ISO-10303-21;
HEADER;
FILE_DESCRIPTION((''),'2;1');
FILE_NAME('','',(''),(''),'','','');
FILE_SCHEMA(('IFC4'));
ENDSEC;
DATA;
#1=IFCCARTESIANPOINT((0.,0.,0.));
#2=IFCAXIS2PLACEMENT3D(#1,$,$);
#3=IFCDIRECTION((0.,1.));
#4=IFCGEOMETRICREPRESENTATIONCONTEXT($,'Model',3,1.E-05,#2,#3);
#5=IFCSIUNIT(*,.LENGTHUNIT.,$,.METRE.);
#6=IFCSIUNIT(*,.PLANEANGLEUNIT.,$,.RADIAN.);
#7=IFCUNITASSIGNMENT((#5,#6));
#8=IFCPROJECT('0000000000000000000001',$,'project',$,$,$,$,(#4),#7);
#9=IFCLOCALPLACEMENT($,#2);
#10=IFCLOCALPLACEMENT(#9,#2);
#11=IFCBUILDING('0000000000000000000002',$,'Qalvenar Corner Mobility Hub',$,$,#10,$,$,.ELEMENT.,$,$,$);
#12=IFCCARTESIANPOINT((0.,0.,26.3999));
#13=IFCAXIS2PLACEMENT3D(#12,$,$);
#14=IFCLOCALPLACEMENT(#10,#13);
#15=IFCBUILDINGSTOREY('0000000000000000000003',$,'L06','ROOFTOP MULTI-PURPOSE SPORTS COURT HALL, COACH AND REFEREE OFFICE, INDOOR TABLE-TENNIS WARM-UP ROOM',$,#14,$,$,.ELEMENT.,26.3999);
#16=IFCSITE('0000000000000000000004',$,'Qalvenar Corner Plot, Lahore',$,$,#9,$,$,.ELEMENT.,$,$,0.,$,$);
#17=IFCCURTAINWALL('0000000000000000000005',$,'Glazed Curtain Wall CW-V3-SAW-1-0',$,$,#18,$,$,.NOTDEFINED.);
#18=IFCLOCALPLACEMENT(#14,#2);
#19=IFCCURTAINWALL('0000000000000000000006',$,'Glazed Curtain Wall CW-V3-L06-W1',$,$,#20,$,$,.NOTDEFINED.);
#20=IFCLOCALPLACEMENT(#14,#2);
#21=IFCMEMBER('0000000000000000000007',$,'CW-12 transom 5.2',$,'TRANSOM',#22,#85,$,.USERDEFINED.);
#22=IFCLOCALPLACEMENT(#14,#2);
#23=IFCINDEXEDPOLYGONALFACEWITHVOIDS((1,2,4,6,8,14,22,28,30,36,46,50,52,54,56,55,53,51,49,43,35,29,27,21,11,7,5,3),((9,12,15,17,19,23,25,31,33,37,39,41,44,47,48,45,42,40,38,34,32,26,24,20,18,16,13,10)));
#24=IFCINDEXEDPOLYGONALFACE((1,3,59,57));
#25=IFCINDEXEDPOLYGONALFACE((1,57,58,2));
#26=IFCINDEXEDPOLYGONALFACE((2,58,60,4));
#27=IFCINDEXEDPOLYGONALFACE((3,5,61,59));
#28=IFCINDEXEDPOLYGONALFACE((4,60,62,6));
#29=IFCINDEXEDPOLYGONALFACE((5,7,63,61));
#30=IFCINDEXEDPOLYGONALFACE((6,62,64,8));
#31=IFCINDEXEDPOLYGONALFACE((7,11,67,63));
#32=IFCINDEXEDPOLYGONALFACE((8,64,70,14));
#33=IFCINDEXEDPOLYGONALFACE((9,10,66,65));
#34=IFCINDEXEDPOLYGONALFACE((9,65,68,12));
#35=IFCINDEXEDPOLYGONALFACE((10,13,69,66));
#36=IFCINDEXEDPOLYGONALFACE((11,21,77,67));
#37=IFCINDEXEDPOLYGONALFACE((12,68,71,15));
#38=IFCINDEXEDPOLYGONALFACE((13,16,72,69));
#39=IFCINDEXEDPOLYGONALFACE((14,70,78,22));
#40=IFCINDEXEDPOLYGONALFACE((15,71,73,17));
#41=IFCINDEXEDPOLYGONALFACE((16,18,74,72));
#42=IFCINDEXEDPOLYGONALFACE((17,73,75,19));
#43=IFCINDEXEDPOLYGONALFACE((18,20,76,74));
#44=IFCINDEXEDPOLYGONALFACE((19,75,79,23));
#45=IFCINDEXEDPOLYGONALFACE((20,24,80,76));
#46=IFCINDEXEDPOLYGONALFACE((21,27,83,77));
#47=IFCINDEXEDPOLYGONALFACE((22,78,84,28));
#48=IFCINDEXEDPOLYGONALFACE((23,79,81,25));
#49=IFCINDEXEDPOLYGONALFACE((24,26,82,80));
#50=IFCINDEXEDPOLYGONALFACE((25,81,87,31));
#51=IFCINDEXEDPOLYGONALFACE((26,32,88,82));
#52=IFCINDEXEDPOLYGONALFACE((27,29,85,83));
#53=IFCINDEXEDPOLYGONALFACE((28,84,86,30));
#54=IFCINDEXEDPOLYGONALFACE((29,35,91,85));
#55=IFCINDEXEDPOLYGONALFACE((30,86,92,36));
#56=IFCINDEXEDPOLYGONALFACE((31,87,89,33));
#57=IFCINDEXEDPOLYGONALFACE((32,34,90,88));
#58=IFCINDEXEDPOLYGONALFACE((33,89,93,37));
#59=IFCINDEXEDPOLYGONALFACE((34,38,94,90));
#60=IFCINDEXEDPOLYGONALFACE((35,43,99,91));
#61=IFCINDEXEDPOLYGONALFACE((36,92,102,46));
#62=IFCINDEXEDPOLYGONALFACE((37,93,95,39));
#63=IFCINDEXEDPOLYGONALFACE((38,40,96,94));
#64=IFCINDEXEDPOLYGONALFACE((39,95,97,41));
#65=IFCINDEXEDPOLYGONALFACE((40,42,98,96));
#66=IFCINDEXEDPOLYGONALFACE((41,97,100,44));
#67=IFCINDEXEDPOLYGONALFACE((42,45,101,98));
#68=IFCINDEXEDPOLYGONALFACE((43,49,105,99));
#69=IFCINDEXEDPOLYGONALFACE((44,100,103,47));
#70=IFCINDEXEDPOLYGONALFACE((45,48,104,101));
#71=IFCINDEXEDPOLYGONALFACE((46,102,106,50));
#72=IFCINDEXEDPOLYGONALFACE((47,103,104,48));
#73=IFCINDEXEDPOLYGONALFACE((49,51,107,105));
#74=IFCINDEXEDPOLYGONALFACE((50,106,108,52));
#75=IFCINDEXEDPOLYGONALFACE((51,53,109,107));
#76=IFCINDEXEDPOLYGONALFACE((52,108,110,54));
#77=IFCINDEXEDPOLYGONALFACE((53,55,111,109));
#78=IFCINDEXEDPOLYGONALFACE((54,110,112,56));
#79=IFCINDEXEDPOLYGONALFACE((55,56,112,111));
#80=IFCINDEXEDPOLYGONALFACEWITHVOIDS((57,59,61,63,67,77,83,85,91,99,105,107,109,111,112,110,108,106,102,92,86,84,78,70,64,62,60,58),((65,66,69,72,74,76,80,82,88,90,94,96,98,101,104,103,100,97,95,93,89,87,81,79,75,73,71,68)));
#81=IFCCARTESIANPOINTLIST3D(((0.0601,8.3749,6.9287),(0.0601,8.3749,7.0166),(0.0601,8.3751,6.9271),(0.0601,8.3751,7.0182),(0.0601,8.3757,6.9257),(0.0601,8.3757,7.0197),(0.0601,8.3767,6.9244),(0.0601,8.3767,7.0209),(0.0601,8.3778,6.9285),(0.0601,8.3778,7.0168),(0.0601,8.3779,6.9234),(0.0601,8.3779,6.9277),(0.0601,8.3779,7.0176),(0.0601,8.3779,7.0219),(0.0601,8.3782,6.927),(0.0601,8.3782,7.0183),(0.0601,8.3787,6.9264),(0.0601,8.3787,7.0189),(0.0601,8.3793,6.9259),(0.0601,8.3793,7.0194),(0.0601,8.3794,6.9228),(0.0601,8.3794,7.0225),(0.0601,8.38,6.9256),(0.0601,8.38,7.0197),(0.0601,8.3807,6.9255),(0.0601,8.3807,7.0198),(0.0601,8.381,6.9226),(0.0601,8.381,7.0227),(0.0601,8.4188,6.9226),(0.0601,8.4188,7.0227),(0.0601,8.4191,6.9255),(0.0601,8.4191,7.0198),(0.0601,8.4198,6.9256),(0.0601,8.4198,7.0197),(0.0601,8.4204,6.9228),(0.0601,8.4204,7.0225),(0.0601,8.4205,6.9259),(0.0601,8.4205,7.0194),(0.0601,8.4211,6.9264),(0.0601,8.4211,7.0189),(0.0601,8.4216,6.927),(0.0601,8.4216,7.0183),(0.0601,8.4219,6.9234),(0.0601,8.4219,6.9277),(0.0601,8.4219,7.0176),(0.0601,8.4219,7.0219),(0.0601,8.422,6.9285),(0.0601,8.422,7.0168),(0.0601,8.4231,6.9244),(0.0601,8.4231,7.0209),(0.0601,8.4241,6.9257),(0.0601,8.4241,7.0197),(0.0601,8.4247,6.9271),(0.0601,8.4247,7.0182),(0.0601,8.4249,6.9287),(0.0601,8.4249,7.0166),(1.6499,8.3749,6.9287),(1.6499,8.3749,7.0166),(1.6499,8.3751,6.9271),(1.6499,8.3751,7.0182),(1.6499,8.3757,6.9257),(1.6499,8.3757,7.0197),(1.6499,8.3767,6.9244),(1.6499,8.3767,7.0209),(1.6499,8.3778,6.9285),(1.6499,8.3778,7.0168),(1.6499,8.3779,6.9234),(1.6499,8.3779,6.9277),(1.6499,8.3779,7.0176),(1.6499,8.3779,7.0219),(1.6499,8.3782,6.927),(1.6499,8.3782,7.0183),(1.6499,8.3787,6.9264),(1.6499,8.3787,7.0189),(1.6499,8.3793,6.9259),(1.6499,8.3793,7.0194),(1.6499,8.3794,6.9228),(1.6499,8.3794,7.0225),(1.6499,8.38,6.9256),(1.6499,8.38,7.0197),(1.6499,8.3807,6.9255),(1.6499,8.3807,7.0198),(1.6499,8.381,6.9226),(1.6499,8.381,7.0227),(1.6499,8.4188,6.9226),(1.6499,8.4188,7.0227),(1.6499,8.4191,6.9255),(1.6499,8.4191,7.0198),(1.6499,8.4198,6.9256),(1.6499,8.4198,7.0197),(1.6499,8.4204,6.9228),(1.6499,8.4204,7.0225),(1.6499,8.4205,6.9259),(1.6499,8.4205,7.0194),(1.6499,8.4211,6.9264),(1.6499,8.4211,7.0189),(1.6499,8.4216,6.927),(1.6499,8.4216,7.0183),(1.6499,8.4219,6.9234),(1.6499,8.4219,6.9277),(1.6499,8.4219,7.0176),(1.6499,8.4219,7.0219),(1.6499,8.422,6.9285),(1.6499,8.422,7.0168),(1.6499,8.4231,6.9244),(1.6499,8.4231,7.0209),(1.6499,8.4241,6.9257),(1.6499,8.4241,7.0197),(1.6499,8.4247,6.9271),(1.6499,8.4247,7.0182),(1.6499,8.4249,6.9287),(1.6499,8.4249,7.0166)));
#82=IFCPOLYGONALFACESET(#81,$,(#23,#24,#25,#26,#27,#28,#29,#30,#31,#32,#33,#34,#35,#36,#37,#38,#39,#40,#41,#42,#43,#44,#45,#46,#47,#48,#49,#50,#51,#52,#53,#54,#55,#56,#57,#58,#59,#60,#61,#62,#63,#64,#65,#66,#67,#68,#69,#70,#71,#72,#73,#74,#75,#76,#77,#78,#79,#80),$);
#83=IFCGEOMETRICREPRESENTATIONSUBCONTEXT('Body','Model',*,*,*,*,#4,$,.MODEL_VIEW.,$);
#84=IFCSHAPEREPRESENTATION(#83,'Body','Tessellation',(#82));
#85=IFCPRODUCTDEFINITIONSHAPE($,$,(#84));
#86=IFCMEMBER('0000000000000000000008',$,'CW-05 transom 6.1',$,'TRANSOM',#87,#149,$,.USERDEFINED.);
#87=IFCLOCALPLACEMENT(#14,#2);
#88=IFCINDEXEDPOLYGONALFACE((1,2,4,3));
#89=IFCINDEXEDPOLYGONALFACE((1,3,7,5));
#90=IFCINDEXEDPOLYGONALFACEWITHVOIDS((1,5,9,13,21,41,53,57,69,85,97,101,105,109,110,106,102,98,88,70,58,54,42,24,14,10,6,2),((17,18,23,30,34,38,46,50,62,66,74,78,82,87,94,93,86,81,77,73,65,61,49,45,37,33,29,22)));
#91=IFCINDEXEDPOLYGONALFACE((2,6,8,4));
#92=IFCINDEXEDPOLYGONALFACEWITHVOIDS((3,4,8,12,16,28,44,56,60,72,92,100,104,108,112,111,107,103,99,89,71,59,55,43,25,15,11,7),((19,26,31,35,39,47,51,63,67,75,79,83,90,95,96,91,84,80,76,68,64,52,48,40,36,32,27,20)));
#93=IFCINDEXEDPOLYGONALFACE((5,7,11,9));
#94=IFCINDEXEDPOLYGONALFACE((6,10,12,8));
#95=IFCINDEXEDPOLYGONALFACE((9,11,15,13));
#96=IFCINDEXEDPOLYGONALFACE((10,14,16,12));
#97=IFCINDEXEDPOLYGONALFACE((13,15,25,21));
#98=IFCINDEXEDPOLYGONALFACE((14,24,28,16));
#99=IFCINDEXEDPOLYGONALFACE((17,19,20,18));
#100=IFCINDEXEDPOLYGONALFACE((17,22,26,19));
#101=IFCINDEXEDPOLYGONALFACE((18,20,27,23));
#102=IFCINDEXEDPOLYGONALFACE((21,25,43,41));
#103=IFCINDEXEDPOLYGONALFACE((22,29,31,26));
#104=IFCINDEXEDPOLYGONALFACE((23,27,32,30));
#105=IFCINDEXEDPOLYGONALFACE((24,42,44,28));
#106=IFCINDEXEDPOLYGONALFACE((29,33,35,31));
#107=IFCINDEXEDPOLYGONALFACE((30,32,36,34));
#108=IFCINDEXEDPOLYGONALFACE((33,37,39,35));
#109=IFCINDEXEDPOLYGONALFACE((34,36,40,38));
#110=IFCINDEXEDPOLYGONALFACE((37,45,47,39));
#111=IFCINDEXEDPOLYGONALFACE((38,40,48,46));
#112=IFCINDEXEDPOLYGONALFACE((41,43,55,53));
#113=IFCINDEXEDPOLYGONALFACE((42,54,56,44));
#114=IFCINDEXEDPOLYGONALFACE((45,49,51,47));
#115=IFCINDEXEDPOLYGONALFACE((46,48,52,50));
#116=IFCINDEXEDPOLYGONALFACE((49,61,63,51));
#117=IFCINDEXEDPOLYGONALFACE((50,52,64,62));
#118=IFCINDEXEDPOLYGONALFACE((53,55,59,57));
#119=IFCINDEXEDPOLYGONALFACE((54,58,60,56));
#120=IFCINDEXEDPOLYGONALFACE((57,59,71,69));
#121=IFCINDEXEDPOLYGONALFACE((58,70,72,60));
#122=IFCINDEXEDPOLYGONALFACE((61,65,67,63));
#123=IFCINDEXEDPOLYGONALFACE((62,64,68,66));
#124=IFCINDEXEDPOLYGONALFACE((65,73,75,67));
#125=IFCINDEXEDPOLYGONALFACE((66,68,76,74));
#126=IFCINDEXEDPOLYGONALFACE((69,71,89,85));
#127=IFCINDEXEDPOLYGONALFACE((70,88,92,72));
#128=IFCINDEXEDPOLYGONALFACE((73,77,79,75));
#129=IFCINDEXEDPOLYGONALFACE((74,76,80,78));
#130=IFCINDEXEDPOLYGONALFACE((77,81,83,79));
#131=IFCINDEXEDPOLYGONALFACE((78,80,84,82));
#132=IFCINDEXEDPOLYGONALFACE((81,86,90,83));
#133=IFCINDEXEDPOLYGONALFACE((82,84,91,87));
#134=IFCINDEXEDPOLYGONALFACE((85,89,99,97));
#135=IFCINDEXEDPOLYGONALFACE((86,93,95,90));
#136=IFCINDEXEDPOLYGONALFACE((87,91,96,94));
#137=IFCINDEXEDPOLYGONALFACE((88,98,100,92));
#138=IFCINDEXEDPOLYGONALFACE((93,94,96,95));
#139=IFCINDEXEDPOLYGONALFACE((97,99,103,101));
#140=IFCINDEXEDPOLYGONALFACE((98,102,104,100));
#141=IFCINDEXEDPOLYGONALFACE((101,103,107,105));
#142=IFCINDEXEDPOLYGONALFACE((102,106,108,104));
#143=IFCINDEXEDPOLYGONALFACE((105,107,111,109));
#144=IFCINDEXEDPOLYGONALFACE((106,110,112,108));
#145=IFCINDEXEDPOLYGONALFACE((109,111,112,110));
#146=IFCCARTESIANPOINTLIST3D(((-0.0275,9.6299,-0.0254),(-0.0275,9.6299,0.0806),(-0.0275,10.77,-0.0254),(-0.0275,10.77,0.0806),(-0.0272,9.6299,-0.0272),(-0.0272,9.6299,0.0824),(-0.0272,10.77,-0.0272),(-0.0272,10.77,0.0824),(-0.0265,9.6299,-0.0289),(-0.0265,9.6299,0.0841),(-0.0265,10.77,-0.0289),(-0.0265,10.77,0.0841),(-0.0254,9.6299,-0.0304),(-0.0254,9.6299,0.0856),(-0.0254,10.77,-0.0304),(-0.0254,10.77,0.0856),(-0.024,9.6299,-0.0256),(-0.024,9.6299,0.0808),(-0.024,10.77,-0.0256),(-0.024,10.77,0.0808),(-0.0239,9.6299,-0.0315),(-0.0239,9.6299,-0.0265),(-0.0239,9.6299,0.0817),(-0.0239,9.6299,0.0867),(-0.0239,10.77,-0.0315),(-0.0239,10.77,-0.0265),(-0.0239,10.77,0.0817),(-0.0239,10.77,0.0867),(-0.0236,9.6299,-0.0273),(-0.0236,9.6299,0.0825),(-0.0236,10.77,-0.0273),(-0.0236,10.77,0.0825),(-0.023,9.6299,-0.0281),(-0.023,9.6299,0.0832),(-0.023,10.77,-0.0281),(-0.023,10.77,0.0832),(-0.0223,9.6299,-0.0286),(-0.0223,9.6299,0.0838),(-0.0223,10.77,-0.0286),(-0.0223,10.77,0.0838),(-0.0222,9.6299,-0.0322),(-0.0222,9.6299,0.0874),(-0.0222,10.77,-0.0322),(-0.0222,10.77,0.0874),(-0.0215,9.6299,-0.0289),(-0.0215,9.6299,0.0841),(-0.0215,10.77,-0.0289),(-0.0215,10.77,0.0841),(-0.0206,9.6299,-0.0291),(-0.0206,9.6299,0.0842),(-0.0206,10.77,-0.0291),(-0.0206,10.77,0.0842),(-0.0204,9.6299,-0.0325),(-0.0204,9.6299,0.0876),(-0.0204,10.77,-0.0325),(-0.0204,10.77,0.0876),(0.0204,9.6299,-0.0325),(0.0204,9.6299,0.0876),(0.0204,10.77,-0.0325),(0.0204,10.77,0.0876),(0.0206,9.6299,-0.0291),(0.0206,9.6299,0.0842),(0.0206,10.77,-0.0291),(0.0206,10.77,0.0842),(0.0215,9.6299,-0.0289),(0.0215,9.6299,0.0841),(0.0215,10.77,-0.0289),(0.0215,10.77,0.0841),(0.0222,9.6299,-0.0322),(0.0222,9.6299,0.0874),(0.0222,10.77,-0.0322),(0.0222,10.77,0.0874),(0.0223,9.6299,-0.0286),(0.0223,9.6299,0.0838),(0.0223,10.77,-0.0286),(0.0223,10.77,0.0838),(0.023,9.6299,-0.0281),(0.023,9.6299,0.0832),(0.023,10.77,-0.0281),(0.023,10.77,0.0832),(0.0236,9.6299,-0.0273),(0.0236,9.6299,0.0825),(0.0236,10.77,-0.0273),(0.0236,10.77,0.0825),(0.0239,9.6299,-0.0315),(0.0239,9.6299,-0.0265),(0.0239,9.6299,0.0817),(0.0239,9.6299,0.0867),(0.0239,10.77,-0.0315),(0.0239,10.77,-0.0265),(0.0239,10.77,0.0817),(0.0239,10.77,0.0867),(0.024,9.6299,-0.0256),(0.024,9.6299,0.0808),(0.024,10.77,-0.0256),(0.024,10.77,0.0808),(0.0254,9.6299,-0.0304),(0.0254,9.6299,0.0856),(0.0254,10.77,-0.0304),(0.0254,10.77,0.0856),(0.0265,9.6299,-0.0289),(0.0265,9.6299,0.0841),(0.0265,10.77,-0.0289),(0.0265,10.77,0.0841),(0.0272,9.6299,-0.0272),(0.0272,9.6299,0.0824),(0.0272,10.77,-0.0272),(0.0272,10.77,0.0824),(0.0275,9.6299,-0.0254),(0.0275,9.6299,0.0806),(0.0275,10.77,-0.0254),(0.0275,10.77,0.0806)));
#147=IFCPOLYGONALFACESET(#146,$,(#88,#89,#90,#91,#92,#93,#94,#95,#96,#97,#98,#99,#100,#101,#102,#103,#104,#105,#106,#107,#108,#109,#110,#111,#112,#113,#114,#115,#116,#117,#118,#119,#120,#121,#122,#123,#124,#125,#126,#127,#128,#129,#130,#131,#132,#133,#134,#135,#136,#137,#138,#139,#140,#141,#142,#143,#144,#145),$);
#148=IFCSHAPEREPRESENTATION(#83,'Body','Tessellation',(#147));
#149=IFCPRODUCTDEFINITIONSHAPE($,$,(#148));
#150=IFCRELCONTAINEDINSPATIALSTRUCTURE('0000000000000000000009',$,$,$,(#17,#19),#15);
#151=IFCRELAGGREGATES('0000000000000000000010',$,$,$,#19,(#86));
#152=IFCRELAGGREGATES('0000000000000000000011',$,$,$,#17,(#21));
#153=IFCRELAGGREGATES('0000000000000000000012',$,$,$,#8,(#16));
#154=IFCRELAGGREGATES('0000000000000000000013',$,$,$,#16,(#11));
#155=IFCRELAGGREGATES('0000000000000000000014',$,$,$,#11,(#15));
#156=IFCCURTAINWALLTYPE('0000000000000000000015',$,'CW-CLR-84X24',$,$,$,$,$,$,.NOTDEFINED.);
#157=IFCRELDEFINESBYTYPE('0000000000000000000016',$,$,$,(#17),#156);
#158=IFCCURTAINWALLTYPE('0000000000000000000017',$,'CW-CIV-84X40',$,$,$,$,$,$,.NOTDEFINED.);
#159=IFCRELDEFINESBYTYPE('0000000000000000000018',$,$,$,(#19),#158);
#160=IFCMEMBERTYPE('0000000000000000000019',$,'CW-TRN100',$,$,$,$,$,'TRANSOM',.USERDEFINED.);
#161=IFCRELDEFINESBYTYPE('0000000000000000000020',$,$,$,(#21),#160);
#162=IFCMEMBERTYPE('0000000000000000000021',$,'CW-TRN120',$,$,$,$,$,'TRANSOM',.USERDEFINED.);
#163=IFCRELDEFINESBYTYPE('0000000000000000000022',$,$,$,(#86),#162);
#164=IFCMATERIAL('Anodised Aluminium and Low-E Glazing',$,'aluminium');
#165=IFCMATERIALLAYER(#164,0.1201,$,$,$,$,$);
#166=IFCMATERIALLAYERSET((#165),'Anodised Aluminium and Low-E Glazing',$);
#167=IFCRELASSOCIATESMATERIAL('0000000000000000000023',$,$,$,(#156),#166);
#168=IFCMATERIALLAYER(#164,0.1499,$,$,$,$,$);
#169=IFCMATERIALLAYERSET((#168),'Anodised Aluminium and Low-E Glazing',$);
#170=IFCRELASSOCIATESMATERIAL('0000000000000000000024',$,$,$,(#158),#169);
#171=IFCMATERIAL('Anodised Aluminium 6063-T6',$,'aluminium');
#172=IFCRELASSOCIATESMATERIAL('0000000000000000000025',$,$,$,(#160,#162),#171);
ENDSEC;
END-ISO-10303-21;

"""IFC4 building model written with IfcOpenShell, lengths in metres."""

from ifc_helpers import new_model, si_unit, direction, frame, origin, origin_2d, place, context, subcontext, project, spatial, hollow_rectangle, extrude, material, layer, layer_set, material_profile, profile_set, type_object, element, aggregate, save


model = new_model("IFC4")

# Units and contexts
model_context = context("Model", 3, precision=1e-05, world=origin(), true_north=direction((0.0, 1.0)))
body_context = subcontext(model_context, "Body", "Model", "MODEL_VIEW")
ifc_project = project(units=[si_unit("LENGTHUNIT", "METRE"), si_unit("PLANEANGLEUNIT", "RADIAN")], contexts=[model_context])

# Site, building, storey
site_placement = place(None, origin())
site = spatial("IfcSite", under=ifc_project, at=site_placement, Name="Qalvenar Corner Plot, Lahore", CompositionType="ELEMENT", RefElevation=0.0)
building_placement = place(site_placement, origin())
building = spatial("IfcBuilding", under=site, at=building_placement, Name="Qalvenar Corner Mobility Hub", CompositionType="ELEMENT")
storey_placement = place(building_placement, frame((0.0, 0.0, 26.3999)))
storey = spatial("IfcBuildingStorey", under=building, at=storey_placement, Name="L06", Description="ROOFTOP MULTI-PURPOSE SPORTS COURT HALL, COACH AND REFEREE OFFICE, INDOOR TABLE-TENNIS WARM-UP ROOM", CompositionType="ELEMENT", Elevation=26.3999)

# Curtain walls
ifc_material_1 = material(Name="Anodised Aluminium and Low-E Glazing", Category="aluminium")
ifc_layer_1 = layer(ifc_material_1, 0.1201)
ifc_layer_set_1 = layer_set([ifc_layer_1], Name="Anodised Aluminium and Low-E Glazing")
curtain_wall_type_1 = type_object("IfcCurtainWallType", Name="CW-CLR-84X24", PredefinedType="NOTDEFINED", material=ifc_layer_set_1)
curtain_wall_1_placement = place(storey_placement, origin())
curtain_wall_1 = element("IfcCurtainWall", 1, at=curtain_wall_1_placement, inside=storey, type_object=curtain_wall_type_1, Name="Glazed Curtain Wall CW-V3-SAW-1-0", PredefinedType="NOTDEFINED")
ifc_material_2 = material(Name="Anodised Aluminium 6063-T6", Category="aluminium")
ifc_layer_2 = layer(ifc_material_1, 0.1499)
ifc_layer_set_2 = layer_set([ifc_layer_2], Name="Anodised Aluminium and Low-E Glazing")
curtain_wall_type_2 = type_object("IfcCurtainWallType", Name="CW-CIV-84X40", PredefinedType="NOTDEFINED", material=ifc_layer_set_2)
curtain_wall_2_placement = place(storey_placement, origin())
curtain_wall_2 = element("IfcCurtainWall", 2, at=curtain_wall_2_placement, inside=storey, type_object=curtain_wall_type_2, Name="Glazed Curtain Wall CW-V3-L06-W1", PredefinedType="NOTDEFINED")

# Members
ifc_material_profile_1 = material_profile(ifc_material_2, hollow_rectangle(XDim=0.05, YDim=0.1001, WallThickness=0.0029, InnerFilletRadius=0.0029, OuterFilletRadius=0.0061, at=origin_2d()), Name="RHS100x50x3")
ifc_profile_set_1 = profile_set([ifc_material_profile_1], Name="Anodised Aluminium 6063-T6")
member_type_1 = type_object("IfcMemberType", Name="CW-TRN100", ElementType="TRANSOM", PredefinedType="USERDEFINED", material=ifc_profile_set_1)
member_1_placement = place(storey_placement, frame((1.6499, 8.3999, 6.9727), z_axis=(-1.0, 0.0, 0.0), x_axis=(0.0, -1.0, 0.0)))
member_1 = element("IfcMember", 3, at=member_1_placement, type_object=member_type_1, Name="CW-12 transom 5.2", ObjectType="TRANSOM", PredefinedType="USERDEFINED", context=body_context, shape_type="SweptSolid", body=[
    extrude(hollow_rectangle(XDim=0.05, YDim=0.1001, WallThickness=0.0029, InnerFilletRadius=0.0029, OuterFilletRadius=0.0061, at=origin_2d()), origin(), (0.0, 0.0, 1.0), 1.5898),
])
ifc_material_profile_2 = material_profile(ifc_material_2, hollow_rectangle(XDim=0.0549, YDim=0.1201, WallThickness=0.0034, InnerFilletRadius=0.0034, OuterFilletRadius=0.0071, at=origin_2d()), Name="RHS120x55x3.5")
ifc_profile_set_2 = profile_set([ifc_material_profile_2], Name="Anodised Aluminium 6063-T6")
member_type_2 = type_object("IfcMemberType", Name="CW-TRN120", ElementType="TRANSOM", PredefinedType="USERDEFINED", material=ifc_profile_set_2)
member_2_placement = place(storey_placement, frame((0.0, 10.77, 0.0276), z_axis=(0.0, -1.0, 0.0), x_axis=(1.0, 0.0, 0.0)))
member_2 = element("IfcMember", 4, at=member_2_placement, type_object=member_type_2, Name="CW-05 transom 6.1", ObjectType="TRANSOM", PredefinedType="USERDEFINED", context=body_context, shape_type="SweptSolid", body=[
    extrude(hollow_rectangle(XDim=0.0549, YDim=0.1201, WallThickness=0.0034, InnerFilletRadius=0.0034, OuterFilletRadius=0.0071, at=origin_2d()), origin(), (0.0, 0.0, 1.0), 1.1401),
])

aggregate(curtain_wall_2, [member_2])
aggregate(curtain_wall_1, [member_1])

save(model, "model.ifc")
